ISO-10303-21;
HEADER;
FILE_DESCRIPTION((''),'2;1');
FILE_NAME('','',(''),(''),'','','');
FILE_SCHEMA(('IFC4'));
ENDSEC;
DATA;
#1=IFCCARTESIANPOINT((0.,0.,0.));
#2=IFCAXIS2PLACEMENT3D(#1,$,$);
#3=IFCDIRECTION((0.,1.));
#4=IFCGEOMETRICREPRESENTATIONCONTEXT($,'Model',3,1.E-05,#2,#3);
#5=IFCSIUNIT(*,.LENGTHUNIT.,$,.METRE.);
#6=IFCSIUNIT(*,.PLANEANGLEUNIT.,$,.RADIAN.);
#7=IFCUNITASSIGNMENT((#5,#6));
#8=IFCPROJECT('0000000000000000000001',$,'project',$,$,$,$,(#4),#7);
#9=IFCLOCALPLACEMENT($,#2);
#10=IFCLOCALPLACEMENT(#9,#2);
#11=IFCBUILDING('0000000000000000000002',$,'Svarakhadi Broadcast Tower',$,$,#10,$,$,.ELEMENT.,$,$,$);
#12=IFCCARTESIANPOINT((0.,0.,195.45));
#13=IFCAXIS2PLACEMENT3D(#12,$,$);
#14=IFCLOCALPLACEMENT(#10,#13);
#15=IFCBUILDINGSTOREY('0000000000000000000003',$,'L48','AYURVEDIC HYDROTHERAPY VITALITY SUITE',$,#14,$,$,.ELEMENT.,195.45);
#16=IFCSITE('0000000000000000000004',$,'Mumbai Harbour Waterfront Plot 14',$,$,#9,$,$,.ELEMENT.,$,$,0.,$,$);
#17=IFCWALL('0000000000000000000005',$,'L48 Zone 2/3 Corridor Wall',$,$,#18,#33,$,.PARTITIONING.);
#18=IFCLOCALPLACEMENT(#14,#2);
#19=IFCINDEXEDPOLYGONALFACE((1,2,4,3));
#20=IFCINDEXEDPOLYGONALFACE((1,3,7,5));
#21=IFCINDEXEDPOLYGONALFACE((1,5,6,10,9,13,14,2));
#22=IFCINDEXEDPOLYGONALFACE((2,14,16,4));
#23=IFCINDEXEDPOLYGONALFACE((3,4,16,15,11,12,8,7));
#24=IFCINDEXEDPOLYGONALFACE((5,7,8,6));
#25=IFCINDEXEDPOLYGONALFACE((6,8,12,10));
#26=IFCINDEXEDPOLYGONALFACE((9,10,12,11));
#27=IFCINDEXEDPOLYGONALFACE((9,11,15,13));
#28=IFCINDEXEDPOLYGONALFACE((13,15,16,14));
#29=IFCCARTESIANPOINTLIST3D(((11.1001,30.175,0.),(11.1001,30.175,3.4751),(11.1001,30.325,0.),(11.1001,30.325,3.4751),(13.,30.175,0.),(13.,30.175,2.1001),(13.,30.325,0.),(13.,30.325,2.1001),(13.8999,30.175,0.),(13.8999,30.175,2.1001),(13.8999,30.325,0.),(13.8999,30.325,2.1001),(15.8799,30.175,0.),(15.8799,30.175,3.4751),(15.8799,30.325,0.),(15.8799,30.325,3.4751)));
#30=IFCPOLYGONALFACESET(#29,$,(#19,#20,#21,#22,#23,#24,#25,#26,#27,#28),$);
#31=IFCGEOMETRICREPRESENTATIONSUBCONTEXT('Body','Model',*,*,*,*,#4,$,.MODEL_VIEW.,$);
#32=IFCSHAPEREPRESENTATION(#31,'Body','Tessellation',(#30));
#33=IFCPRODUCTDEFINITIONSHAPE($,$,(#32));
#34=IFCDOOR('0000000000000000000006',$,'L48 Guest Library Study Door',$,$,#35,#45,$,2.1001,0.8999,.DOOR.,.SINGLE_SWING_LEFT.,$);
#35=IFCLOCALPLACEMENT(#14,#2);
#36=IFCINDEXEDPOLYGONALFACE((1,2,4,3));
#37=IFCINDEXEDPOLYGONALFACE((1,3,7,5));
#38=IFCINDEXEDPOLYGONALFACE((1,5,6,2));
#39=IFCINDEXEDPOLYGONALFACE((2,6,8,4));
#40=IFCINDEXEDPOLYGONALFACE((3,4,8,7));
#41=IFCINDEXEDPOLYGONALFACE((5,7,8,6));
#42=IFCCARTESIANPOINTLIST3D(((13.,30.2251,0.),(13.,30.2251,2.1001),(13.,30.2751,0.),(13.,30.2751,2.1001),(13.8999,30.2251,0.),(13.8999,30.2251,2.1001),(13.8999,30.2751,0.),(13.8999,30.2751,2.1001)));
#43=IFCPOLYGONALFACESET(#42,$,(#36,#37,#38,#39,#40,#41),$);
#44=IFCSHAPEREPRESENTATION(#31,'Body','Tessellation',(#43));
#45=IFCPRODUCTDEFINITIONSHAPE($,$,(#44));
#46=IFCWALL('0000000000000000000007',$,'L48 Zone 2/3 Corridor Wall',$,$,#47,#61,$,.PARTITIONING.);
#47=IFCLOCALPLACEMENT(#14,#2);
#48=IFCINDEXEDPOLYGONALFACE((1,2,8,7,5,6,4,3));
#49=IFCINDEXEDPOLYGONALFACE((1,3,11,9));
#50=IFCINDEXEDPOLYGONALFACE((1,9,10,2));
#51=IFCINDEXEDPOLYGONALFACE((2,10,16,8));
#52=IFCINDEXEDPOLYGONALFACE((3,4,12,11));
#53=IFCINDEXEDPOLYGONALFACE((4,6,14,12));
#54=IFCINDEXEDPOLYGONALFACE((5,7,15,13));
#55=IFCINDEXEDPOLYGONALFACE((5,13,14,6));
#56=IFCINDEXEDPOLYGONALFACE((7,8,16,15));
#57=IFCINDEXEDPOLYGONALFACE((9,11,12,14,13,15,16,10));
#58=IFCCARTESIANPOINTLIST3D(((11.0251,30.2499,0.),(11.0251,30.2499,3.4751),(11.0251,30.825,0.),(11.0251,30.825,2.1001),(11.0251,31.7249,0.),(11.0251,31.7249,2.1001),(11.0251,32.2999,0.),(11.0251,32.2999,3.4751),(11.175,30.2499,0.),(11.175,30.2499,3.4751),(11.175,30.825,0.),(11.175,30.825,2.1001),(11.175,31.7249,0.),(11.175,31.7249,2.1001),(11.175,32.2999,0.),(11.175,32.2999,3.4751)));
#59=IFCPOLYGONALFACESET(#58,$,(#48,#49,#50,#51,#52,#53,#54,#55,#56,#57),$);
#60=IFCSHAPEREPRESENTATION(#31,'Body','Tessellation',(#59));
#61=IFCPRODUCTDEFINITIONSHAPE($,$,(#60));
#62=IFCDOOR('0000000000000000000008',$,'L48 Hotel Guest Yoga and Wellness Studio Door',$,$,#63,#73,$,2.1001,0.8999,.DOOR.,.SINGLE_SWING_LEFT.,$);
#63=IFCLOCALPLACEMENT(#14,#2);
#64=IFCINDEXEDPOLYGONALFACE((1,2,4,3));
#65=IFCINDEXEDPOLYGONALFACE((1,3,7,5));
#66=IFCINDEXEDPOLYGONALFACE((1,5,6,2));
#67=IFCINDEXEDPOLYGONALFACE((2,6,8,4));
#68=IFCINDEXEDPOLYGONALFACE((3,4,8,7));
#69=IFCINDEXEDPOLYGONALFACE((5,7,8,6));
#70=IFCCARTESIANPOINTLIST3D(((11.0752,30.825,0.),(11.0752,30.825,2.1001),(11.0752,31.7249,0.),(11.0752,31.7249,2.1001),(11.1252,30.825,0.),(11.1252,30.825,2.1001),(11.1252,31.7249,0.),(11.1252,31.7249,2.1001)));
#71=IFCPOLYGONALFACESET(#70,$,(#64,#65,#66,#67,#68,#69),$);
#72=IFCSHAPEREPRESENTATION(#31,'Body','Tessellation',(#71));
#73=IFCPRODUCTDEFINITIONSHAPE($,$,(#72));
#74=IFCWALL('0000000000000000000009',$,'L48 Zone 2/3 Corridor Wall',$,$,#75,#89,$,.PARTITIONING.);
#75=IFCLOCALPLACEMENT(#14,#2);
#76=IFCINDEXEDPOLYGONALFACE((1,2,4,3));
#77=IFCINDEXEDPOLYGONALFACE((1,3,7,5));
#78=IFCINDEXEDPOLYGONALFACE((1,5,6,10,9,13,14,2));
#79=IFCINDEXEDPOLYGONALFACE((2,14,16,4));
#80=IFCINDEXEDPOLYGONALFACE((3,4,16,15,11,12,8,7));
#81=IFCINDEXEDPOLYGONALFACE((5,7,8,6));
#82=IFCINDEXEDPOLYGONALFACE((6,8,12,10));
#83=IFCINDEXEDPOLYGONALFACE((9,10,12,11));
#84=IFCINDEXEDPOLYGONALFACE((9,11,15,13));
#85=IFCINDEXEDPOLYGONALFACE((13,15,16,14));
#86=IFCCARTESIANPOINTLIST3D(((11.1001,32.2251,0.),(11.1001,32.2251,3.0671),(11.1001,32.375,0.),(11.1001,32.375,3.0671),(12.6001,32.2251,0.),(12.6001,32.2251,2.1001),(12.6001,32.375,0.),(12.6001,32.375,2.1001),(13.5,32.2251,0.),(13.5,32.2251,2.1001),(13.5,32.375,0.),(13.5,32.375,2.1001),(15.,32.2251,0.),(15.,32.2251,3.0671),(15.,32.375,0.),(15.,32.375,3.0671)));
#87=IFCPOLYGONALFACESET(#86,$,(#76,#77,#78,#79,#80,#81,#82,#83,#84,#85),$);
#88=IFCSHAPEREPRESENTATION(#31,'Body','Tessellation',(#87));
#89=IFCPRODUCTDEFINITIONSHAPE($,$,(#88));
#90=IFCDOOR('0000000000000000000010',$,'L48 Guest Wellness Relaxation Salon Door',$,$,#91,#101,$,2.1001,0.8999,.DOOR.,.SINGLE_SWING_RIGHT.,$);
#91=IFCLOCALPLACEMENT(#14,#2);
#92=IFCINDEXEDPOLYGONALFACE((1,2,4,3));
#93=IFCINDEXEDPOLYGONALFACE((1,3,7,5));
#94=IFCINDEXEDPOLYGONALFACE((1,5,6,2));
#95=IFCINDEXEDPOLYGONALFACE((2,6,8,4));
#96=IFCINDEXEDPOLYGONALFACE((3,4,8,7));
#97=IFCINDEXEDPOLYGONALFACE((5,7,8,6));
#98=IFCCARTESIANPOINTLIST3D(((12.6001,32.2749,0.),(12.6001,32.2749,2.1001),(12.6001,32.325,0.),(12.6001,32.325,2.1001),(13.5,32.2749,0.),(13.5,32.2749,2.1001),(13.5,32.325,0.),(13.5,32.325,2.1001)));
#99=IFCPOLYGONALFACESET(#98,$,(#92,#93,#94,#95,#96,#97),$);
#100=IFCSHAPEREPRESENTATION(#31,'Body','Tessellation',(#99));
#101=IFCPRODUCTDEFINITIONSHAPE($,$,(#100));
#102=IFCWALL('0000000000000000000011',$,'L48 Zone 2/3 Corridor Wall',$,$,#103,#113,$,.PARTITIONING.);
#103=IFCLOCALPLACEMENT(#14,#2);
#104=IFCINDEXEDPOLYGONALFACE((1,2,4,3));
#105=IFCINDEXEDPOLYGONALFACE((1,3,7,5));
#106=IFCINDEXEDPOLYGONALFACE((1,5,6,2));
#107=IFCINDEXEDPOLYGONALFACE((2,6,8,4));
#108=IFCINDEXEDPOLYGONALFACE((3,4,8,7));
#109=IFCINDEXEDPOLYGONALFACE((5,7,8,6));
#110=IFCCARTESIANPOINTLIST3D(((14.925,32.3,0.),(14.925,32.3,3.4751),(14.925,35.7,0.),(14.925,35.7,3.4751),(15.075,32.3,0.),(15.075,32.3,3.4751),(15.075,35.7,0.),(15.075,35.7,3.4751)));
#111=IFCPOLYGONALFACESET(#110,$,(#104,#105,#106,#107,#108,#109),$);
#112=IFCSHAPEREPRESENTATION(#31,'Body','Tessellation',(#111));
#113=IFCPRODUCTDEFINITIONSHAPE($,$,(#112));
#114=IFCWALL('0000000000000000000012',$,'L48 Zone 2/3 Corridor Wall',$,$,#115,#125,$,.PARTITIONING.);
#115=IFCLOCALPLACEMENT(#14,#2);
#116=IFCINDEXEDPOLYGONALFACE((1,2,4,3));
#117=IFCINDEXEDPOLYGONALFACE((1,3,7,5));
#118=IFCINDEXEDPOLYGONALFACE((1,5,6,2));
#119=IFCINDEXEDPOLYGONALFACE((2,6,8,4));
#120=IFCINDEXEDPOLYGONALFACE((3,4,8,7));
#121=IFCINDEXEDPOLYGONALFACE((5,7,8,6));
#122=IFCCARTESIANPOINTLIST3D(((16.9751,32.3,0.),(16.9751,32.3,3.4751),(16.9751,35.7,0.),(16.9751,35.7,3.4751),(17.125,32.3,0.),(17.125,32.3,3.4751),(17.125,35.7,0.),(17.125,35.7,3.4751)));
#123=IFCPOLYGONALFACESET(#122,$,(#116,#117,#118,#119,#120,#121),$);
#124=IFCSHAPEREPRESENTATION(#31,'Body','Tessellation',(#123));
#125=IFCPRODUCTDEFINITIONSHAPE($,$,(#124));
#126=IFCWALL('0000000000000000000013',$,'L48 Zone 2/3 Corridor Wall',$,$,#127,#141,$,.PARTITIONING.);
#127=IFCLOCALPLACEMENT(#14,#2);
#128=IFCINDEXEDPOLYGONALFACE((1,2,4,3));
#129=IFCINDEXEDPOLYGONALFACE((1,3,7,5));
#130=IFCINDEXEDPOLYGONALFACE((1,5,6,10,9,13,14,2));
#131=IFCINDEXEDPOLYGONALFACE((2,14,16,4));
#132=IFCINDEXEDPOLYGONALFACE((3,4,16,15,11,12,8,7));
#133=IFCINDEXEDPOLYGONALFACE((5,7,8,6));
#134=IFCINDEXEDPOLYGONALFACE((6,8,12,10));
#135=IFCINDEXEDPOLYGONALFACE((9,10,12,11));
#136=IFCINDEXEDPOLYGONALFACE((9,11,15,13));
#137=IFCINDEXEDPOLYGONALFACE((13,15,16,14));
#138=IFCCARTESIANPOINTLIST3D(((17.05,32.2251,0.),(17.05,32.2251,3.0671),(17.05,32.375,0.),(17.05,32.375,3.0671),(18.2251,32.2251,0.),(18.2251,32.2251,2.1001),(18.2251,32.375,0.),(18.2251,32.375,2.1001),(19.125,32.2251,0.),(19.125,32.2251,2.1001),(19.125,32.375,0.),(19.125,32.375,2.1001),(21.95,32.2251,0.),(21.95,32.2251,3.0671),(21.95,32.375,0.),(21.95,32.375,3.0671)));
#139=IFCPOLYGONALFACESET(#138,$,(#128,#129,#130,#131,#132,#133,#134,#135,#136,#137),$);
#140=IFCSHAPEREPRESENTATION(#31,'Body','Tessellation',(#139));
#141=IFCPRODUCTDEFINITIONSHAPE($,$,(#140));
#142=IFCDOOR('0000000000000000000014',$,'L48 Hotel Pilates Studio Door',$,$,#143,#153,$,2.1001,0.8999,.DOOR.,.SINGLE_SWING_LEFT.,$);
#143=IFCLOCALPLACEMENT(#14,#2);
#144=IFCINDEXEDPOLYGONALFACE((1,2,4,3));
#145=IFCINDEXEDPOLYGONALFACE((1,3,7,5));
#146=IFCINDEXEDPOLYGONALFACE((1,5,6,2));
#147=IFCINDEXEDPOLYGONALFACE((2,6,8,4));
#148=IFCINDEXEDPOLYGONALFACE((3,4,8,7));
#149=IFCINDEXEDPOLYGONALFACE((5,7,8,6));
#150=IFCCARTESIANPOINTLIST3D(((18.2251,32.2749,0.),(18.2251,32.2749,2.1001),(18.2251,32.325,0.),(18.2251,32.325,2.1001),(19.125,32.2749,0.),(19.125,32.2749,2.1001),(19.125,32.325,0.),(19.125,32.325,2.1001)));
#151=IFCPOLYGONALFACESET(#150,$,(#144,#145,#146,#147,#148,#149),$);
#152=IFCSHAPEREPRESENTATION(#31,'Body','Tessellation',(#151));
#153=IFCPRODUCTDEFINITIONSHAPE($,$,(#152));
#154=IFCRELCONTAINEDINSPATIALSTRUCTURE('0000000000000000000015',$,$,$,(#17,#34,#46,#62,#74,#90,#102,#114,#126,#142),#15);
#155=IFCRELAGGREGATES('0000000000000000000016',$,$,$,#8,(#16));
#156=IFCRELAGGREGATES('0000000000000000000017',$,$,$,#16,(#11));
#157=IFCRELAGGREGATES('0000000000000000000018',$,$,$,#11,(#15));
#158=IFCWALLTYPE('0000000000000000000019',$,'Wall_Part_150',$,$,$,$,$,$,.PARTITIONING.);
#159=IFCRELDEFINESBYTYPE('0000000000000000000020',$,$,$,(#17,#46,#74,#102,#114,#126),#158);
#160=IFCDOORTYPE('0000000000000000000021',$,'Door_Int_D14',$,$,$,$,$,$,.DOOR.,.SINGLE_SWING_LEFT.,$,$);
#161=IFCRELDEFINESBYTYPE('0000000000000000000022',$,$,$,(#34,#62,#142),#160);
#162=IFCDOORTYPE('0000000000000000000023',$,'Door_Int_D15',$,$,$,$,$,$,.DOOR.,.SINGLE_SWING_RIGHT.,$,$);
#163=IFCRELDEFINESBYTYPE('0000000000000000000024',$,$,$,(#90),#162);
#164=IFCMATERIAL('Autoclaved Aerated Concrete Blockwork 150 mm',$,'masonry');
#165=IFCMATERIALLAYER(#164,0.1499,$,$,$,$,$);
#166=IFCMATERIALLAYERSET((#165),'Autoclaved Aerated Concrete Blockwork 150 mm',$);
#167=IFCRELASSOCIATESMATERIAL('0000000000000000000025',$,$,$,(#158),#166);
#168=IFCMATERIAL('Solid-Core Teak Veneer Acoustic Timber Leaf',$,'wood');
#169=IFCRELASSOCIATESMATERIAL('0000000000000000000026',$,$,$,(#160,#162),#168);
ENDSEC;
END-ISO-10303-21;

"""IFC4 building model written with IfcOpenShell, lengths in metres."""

from ifc_helpers import new_model, si_unit, direction, frame, frame_2d, origin, place, context, subcontext, project, spatial, rectangle, extrude, material, layer, layer_set, type_object, element, fill, save


model = new_model("IFC4")

# Units and contexts
model_context = context("Model", 3, precision=1e-05, world=origin(), true_north=direction((0.0, 1.0)))
body_context = subcontext(model_context, "Body", "Model", "MODEL_VIEW")
ifc_project = project(units=[si_unit("LENGTHUNIT", "METRE"), si_unit("PLANEANGLEUNIT", "RADIAN")], contexts=[model_context])

# Site, building, storey
site_placement = place(None, origin())
site = spatial("IfcSite", under=ifc_project, at=site_placement, Name="Mumbai Harbour Waterfront Plot 14", CompositionType="ELEMENT", RefElevation=0.0)
building_placement = place(site_placement, origin())
building = spatial("IfcBuilding", under=site, at=building_placement, Name="Svarakhadi Broadcast Tower", CompositionType="ELEMENT")
storey_placement = place(building_placement, frame((0.0, 0.0, 195.45)))
storey = spatial("IfcBuildingStorey", under=building, at=storey_placement, Name="L48", Description="AYURVEDIC HYDROTHERAPY VITALITY SUITE", CompositionType="ELEMENT", Elevation=195.45)

# Shared definitions
ifc_material_1 = material(Name="Autoclaved Aerated Concrete Blockwork 150 mm", Category="masonry")
ifc_layer_1 = layer(ifc_material_1, 0.1499)
ifc_layer_set_1 = layer_set([ifc_layer_1], Name="Autoclaved Aerated Concrete Blockwork 150 mm")
wall_type_1 = type_object("IfcWallType", Name="Wall_Part_150", PredefinedType="PARTITIONING", material=ifc_layer_set_1)

# Walls, openings, doors
wall_1_placement = place(storey_placement, frame((15.8799, 30.25, 0.0), z_axis=(0.0, 0.0, 1.0), x_axis=(-1.0, 0.0, 0.0)))
wall_1 = element("IfcWall", 1, at=wall_1_placement, inside=storey, type_object=wall_type_1, Name="L48 Zone 2/3 Corridor Wall", PredefinedType="PARTITIONING", context=body_context, shape_type="SweptSolid", body=[
    extrude(rectangle(XDim=4.7798, YDim=0.1499, at=frame_2d((2.3899, 0.0))), origin(), (0.0, 0.0, 1.0), 3.4751),
])
opening_1_placement = place(wall_1_placement, frame((1.98, 0.0, 0.0)))
opening_1 = element("IfcOpeningElement", 2, at=opening_1_placement, cuts=wall_1, PredefinedType="OPENING", context=body_context, shape_type="SweptSolid", body=[
    extrude(rectangle(XDim=0.8999, YDim=2.1001, at=frame_2d((0.45, 1.05))), frame((0.0, 0.085, 0.0), z_axis=(0.0, -1.0, 0.0), x_axis=(1.0, 0.0, 0.0)), (0.0, 0.0, 1.0), 0.1699),
])
ifc_material_2 = material(Name="Solid-Core Teak Veneer Acoustic Timber Leaf", Category="wood")
door_type_1 = type_object("IfcDoorType", Name="Door_Int_D14", OperationType="SINGLE_SWING_LEFT", PredefinedType="DOOR", material=ifc_material_2)
door_1_placement = place(opening_1_placement, origin())
door_1 = element("IfcDoor", 3, at=door_1_placement, inside=storey, type_object=door_type_1, Name="L48 Guest Library Study Door", OperationType="SINGLE_SWING_LEFT", OverallHeight=2.1001, OverallWidth=0.8999, PredefinedType="DOOR", context=body_context, shape_type="SweptSolid", body=[
    extrude(rectangle(XDim=0.8999, YDim=2.1001, at=frame_2d((0.45, 1.05))), frame((0.0, 0.0249, 0.0), z_axis=(0.0, -1.0, 0.0), x_axis=(1.0, 0.0, 0.0)), (0.0, 0.0, 1.0), 0.05),
])
fill(opening_1, door_1)
wall_2_placement = place(storey_placement, frame((11.1001, 30.25, 0.0), z_axis=(0.0, 0.0, 1.0), x_axis=(0.0, 1.0, 0.0)))
wall_2 = element("IfcWall", 4, at=wall_2_placement, inside=storey, type_object=wall_type_1, Name="L48 Zone 2/3 Corridor Wall", PredefinedType="PARTITIONING", context=body_context, shape_type="SweptSolid", body=[
    extrude(rectangle(XDim=2.05, YDim=0.1499, at=frame_2d((1.0249, 0.0))), origin(), (0.0, 0.0, 1.0), 3.4751),
])
opening_2_placement = place(wall_2_placement, frame((0.575, 0.0, 0.0)))
opening_2 = element("IfcOpeningElement", 5, at=opening_2_placement, cuts=wall_2, PredefinedType="OPENING", context=body_context, shape_type="SweptSolid", body=[
    extrude(rectangle(XDim=0.8999, YDim=2.1001, at=frame_2d((0.45, 1.05))), frame((0.0, 0.085, 0.0), z_axis=(0.0, -1.0, 0.0), x_axis=(1.0, 0.0, 0.0)), (0.0, 0.0, 1.0), 0.1699),
])
door_2_placement = place(opening_2_placement, origin())
door_2 = element("IfcDoor", 6, at=door_2_placement, inside=storey, type_object=door_type_1, Name="L48 Hotel Guest Yoga and Wellness Studio Door", OperationType="SINGLE_SWING_LEFT", OverallHeight=2.1001, OverallWidth=0.8999, PredefinedType="DOOR", context=body_context, shape_type="SweptSolid", body=[
    extrude(rectangle(XDim=0.8999, YDim=2.1001, at=frame_2d((0.45, 1.05))), frame((0.0, 0.0249, 0.0), z_axis=(0.0, -1.0, 0.0), x_axis=(1.0, 0.0, 0.0)), (0.0, 0.0, 1.0), 0.05),
])
fill(opening_2, door_2)
wall_3_placement = place(storey_placement, frame((11.1001, 32.3, 0.0), z_axis=(0.0, 0.0, 1.0), x_axis=(1.0, 0.0, 0.0)))
wall_3 = element("IfcWall", 7, at=wall_3_placement, inside=storey, type_object=wall_type_1, Name="L48 Zone 2/3 Corridor Wall", PredefinedType="PARTITIONING", context=body_context, shape_type="SweptSolid", body=[
    extrude(rectangle(XDim=3.8999, YDim=0.1499, at=frame_2d((1.95, 0.0))), origin(), (0.0, 0.0, 1.0), 3.0671),
])
opening_3_placement = place(wall_3_placement, frame((1.5, 0.0, 0.0)))
opening_3 = element("IfcOpeningElement", 8, at=opening_3_placement, cuts=wall_3, PredefinedType="OPENING", context=body_context, shape_type="SweptSolid", body=[
    extrude(rectangle(XDim=0.8999, YDim=2.1001, at=frame_2d((0.45, 1.05))), frame((0.0, 0.085, 0.0), z_axis=(0.0, -1.0, 0.0), x_axis=(1.0, 0.0, 0.0)), (0.0, 0.0, 1.0), 0.1699),
])
door_type_2 = type_object("IfcDoorType", Name="Door_Int_D15", OperationType="SINGLE_SWING_RIGHT", PredefinedType="DOOR", material=ifc_material_2)
door_3_placement = place(opening_3_placement, origin())
door_3 = element("IfcDoor", 9, at=door_3_placement, inside=storey, type_object=door_type_2, Name="L48 Guest Wellness Relaxation Salon Door", OperationType="SINGLE_SWING_RIGHT", OverallHeight=2.1001, OverallWidth=0.8999, PredefinedType="DOOR", context=body_context, shape_type="SweptSolid", body=[
    extrude(rectangle(XDim=0.8999, YDim=2.1001, at=frame_2d((0.45, 1.05))), frame((0.0, 0.0249, 0.0), z_axis=(0.0, -1.0, 0.0), x_axis=(1.0, 0.0, 0.0)), (0.0, 0.0, 1.0), 0.05),
])
fill(opening_3, door_3)

# Walls
for number, where, z_axis, x_axis, name in (
    (10, (15.0, 32.3, 0.0), (0.0, 0.0, 1.0), (0.0, 1.0, 0.0), "L48 Zone 2/3 Corridor Wall"),
    (11, (17.05, 35.7, 0.0), (0.0, 0.0, 1.0), (0.0, -1.0, 0.0), "L48 Zone 2/3 Corridor Wall"),
):
    element("IfcWall", number, at=place(storey_placement, frame(where, z_axis=z_axis, x_axis=x_axis)), inside=storey, type_object=wall_type_1, Name=name, PredefinedType="PARTITIONING", context=body_context, shape_type="SweptSolid", body=[
        extrude(rectangle(XDim=3.3999, YDim=0.1499, at=frame_2d((1.7, 0.0))), origin(), (0.0, 0.0, 1.0), 3.4751),
    ])

# Wall, opening, door
wall_4_placement = place(storey_placement, frame((17.05, 32.3, 0.0), z_axis=(0.0, 0.0, 1.0), x_axis=(1.0, 0.0, 0.0)))
wall_4 = element("IfcWall", 12, at=wall_4_placement, inside=storey, type_object=wall_type_1, Name="L48 Zone 2/3 Corridor Wall", PredefinedType="PARTITIONING", context=body_context, shape_type="SweptSolid", body=[
    extrude(rectangle(XDim=4.8999, YDim=0.1499, at=frame_2d((2.45, 0.0))), origin(), (0.0, 0.0, 1.0), 3.0671),
])
opening_4_placement = place(wall_4_placement, frame((1.175, 0.0, 0.0)))
opening_4 = element("IfcOpeningElement", 13, at=opening_4_placement, cuts=wall_4, PredefinedType="OPENING", context=body_context, shape_type="SweptSolid", body=[
    extrude(rectangle(XDim=0.8999, YDim=2.1001, at=frame_2d((0.45, 1.05))), frame((0.0, 0.085, 0.0), z_axis=(0.0, -1.0, 0.0), x_axis=(1.0, 0.0, 0.0)), (0.0, 0.0, 1.0), 0.1699),
])
door_4_placement = place(opening_4_placement, origin())
door_4 = element("IfcDoor", 14, at=door_4_placement, inside=storey, type_object=door_type_1, Name="L48 Hotel Pilates Studio Door", OperationType="SINGLE_SWING_LEFT", OverallHeight=2.1001, OverallWidth=0.8999, PredefinedType="DOOR", context=body_context, shape_type="SweptSolid", body=[
    extrude(rectangle(XDim=0.8999, YDim=2.1001, at=frame_2d((0.45, 1.05))), frame((0.0, 0.0249, 0.0), z_axis=(0.0, -1.0, 0.0), x_axis=(1.0, 0.0, 0.0)), (0.0, 0.0, 1.0), 0.05),
])
fill(opening_4, door_4)

save(model, "model.ifc")
